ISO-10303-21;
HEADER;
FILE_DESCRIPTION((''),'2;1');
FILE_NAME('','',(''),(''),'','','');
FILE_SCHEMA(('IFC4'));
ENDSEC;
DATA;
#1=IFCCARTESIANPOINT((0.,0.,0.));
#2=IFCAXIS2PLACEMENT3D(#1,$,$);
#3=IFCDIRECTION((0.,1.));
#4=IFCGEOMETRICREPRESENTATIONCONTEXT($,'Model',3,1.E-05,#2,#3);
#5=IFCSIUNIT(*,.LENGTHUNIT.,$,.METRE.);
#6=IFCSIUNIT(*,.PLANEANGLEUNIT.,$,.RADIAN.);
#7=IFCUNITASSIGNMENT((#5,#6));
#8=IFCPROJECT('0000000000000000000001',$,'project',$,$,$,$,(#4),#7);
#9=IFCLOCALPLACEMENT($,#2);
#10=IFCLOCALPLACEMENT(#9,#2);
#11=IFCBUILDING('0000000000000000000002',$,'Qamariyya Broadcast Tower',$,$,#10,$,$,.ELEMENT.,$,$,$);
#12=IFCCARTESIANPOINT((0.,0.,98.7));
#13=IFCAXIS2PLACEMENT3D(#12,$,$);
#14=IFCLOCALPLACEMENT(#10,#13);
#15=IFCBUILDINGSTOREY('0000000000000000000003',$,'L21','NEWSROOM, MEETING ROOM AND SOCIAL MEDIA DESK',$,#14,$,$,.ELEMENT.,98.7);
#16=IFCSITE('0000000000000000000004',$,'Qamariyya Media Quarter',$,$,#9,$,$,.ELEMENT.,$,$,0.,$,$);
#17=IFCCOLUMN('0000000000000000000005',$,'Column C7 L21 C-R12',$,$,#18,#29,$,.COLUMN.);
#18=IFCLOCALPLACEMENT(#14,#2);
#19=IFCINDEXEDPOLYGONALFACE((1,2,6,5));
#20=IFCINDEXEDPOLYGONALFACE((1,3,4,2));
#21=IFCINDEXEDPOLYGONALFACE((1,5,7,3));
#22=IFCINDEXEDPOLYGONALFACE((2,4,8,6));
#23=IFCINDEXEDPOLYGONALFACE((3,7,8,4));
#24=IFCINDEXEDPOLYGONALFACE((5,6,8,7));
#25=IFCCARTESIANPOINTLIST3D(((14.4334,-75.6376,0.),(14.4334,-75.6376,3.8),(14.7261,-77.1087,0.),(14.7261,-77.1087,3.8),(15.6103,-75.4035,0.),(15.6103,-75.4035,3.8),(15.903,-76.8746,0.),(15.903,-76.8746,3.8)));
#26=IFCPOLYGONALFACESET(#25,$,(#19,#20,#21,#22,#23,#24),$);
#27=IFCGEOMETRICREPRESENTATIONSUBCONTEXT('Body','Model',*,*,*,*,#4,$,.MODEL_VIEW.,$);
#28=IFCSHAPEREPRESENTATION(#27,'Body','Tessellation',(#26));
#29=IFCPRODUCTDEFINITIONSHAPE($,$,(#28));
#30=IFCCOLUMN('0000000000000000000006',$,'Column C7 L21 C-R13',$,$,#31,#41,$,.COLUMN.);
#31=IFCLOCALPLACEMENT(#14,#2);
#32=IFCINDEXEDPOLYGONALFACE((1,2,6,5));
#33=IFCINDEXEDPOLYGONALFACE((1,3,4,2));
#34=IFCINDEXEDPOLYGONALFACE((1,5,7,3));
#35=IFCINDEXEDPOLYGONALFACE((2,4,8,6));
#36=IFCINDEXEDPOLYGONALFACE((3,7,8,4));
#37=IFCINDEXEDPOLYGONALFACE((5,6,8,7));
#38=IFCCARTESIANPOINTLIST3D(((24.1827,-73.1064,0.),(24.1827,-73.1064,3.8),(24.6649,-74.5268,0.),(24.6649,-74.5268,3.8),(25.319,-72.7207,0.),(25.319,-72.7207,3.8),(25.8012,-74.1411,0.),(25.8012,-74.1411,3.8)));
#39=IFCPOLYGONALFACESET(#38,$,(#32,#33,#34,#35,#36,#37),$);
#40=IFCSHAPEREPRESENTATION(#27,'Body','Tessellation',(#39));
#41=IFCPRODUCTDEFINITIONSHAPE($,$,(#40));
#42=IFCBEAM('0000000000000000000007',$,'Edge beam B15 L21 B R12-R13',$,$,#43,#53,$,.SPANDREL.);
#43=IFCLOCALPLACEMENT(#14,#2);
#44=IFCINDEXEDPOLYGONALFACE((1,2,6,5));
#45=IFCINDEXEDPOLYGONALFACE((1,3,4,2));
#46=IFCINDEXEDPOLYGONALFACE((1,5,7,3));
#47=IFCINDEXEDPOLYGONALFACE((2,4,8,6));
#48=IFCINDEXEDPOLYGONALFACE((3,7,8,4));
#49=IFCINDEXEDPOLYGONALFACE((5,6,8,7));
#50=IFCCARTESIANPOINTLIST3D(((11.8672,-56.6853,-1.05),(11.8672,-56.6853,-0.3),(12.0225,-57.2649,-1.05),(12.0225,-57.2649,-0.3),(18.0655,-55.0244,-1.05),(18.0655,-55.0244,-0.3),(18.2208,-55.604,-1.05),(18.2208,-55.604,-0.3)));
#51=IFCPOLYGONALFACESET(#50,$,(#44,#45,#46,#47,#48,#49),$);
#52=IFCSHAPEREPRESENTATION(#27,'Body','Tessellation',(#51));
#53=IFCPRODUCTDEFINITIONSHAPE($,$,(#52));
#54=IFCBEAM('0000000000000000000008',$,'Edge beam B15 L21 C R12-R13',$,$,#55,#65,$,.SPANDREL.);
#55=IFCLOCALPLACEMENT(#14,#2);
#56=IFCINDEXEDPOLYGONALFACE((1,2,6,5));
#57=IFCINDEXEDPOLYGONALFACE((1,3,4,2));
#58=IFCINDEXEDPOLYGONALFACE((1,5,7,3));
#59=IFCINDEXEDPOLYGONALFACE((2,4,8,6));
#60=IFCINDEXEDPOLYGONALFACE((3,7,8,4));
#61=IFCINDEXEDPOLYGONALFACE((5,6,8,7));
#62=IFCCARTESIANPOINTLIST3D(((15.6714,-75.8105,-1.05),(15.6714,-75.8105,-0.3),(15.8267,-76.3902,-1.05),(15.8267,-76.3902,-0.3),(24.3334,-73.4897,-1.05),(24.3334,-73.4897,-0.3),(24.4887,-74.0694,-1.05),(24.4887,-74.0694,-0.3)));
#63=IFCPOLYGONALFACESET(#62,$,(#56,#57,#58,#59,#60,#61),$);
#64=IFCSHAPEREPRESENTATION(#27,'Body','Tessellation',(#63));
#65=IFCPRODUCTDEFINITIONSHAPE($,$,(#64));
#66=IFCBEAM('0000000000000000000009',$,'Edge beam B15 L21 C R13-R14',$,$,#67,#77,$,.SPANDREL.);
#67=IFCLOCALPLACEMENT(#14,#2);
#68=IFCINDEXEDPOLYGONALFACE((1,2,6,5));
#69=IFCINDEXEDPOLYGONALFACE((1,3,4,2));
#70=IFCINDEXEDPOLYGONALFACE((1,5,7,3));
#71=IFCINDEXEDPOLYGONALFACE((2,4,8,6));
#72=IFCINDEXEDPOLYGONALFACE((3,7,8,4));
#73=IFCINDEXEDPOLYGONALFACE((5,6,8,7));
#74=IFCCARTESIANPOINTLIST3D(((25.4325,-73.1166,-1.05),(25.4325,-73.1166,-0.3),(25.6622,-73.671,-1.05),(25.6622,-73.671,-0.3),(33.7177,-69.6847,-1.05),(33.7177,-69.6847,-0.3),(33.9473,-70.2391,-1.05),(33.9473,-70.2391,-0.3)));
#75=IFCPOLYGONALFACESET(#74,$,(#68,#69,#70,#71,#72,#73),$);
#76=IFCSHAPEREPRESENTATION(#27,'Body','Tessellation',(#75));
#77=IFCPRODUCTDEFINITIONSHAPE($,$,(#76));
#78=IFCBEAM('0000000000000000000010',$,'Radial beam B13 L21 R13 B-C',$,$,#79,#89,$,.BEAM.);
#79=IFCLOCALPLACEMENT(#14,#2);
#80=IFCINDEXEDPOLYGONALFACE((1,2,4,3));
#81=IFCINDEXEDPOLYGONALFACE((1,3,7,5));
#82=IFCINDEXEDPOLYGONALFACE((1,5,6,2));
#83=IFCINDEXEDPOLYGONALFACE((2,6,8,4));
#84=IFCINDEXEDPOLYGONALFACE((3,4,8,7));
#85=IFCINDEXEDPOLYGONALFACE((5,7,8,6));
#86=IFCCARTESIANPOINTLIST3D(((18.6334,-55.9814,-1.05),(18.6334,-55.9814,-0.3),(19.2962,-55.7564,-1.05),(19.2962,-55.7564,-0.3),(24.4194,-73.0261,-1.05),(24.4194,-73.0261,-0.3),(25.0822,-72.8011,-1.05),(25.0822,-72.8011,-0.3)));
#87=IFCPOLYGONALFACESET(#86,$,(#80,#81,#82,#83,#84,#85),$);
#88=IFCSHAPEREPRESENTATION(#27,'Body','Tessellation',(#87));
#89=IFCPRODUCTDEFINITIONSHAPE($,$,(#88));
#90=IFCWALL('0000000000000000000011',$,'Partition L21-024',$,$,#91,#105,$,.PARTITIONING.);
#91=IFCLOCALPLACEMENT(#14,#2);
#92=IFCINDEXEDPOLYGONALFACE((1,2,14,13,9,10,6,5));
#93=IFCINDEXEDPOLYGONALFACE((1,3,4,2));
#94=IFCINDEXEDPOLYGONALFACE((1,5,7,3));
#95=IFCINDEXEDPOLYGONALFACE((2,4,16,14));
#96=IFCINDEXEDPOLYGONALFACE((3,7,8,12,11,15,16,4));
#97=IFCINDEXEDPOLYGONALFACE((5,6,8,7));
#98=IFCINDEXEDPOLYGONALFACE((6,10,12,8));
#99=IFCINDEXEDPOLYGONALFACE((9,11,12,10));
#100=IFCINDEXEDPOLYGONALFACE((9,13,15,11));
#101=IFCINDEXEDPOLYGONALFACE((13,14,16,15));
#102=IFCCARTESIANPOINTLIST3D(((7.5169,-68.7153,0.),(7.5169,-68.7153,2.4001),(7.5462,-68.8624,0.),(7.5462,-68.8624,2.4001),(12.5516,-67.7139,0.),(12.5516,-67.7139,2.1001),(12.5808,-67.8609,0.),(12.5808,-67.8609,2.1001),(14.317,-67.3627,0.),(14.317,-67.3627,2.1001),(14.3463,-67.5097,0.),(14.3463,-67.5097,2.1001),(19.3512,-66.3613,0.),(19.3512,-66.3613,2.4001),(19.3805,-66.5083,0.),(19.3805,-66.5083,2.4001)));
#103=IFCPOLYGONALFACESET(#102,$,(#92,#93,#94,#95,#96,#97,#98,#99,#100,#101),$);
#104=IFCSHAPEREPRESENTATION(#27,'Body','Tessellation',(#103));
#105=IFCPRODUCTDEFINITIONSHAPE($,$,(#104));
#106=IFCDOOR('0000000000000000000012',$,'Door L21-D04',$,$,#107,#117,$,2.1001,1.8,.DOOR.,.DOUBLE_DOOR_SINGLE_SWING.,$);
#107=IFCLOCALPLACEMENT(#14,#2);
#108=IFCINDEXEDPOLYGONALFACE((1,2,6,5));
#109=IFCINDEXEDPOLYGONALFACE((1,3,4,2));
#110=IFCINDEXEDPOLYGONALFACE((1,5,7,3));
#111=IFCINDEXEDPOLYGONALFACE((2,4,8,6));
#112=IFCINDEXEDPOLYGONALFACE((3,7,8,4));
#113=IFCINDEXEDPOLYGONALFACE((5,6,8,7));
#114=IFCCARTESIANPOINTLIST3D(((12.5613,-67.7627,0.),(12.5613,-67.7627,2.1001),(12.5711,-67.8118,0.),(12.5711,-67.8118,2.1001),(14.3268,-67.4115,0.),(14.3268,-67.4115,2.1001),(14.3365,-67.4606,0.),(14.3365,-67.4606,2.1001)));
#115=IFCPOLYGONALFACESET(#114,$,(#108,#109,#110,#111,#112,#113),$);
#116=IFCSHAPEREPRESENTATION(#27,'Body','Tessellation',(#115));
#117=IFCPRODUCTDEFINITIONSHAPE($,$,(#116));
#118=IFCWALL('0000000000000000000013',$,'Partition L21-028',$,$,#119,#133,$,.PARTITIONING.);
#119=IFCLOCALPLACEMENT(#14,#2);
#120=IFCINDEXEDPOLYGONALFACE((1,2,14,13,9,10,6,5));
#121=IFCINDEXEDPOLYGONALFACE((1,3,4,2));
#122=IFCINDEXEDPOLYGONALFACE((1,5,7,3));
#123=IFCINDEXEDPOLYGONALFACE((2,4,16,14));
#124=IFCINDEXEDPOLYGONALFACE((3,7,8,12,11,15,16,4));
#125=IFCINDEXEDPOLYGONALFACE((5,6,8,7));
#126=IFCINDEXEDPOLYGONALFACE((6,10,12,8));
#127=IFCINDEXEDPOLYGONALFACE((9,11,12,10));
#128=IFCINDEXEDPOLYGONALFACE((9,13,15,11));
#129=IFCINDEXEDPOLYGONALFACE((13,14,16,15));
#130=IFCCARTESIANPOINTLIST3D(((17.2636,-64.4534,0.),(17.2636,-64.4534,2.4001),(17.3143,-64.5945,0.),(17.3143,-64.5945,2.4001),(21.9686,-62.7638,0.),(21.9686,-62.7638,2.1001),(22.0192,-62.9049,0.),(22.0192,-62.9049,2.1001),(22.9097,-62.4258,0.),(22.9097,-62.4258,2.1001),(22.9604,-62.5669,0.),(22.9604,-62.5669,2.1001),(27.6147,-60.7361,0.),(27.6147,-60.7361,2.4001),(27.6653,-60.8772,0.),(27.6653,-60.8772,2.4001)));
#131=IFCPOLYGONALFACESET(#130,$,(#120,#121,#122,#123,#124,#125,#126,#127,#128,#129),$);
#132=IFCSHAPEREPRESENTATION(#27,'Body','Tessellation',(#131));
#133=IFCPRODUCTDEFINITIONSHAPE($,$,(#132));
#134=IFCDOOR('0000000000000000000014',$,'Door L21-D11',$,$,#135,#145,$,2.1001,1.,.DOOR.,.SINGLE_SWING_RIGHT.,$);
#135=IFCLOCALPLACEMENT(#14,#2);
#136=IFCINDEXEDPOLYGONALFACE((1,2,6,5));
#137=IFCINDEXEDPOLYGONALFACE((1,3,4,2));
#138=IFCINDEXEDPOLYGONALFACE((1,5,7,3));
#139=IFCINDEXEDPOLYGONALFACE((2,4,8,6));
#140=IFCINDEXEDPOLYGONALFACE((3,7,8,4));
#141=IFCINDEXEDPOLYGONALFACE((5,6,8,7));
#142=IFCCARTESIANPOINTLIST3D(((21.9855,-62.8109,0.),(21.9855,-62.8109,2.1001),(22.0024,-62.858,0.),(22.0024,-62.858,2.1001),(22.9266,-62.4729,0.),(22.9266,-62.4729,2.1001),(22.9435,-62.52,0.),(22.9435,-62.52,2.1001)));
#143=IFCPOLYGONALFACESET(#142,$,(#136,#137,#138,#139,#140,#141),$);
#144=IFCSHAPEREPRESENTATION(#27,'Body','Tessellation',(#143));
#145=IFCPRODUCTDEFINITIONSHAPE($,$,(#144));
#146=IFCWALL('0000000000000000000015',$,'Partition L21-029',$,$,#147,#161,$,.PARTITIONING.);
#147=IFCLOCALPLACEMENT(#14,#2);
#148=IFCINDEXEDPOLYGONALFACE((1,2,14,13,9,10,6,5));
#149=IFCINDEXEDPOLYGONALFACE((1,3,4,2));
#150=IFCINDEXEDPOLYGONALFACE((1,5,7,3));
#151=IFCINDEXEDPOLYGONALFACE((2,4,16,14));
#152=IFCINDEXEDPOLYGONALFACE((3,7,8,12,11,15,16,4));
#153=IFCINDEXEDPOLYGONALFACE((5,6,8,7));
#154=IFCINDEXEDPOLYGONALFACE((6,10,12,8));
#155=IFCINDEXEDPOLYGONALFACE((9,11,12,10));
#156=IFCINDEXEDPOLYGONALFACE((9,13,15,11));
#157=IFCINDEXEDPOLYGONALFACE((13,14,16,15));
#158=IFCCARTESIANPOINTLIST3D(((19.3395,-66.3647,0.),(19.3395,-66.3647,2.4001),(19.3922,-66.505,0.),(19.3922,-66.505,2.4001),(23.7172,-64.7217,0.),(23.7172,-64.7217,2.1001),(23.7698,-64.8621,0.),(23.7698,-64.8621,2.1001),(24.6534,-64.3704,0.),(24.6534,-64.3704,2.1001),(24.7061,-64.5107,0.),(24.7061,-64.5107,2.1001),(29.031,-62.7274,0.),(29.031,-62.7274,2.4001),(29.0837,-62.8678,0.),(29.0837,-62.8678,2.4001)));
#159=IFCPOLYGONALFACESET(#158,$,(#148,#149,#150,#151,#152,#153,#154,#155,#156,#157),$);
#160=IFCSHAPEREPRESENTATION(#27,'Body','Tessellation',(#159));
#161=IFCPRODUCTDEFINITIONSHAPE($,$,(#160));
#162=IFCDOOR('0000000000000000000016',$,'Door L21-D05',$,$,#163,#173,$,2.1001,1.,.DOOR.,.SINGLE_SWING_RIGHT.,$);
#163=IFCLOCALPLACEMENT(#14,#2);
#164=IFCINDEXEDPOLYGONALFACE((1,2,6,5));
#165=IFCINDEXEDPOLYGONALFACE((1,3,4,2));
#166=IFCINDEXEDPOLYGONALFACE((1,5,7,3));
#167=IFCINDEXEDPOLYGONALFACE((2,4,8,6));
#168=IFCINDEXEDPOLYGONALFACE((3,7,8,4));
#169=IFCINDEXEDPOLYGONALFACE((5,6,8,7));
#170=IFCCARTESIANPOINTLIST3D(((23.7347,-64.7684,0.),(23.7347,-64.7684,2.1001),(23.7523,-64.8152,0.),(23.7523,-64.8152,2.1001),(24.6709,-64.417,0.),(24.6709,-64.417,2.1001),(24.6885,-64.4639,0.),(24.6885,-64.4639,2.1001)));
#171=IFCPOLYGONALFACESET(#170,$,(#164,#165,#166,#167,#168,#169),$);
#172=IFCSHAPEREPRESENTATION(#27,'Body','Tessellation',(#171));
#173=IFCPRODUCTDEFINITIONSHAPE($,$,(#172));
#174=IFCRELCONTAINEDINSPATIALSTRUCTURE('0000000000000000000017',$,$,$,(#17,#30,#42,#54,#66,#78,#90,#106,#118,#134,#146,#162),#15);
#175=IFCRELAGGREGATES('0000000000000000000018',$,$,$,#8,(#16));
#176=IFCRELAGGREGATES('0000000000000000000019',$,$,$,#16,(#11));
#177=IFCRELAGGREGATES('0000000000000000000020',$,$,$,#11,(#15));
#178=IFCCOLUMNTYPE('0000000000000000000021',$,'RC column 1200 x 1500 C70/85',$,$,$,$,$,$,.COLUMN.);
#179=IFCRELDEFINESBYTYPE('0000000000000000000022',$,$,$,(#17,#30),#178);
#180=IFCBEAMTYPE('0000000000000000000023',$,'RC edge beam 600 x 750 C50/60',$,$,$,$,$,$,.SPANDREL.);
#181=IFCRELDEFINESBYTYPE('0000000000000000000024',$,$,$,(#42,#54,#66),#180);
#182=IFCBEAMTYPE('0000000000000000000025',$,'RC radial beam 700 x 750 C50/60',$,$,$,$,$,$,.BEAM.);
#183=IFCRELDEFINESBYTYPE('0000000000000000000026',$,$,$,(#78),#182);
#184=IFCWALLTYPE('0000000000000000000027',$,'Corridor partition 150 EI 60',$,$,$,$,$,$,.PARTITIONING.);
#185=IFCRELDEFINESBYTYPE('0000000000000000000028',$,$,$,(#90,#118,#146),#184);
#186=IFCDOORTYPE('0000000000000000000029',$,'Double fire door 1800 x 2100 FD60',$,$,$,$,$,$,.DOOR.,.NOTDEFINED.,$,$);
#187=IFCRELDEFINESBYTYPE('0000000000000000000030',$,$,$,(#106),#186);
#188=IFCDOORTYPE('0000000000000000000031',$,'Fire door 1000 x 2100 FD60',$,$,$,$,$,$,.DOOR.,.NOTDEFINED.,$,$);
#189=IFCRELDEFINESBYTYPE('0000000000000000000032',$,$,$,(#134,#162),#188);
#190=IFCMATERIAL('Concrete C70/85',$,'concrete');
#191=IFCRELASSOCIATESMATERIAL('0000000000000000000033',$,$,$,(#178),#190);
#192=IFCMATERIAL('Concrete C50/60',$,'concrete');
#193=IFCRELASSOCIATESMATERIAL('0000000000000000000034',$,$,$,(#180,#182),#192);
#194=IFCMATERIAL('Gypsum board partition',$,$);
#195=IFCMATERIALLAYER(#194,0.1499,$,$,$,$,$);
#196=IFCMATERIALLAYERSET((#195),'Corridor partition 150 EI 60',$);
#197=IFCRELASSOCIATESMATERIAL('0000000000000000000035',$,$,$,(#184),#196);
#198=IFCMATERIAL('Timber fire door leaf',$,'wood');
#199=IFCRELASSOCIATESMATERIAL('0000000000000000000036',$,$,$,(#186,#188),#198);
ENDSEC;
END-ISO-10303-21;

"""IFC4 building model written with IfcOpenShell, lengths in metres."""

from ifc_helpers import new_model, si_unit, direction, frame, frame_2d, origin, origin_2d, place, context, subcontext, project, spatial, rectangle, extrude, material, layer, layer_set, material_profile, profile_set, type_object, element, fill, save


model = new_model("IFC4")

# Units and contexts
model_context = context("Model", 3, precision=1e-05, world=origin(), true_north=direction((0.0, 1.0)))
body_context = subcontext(model_context, "Body", "Model", "MODEL_VIEW")
ifc_project = project(units=[si_unit("LENGTHUNIT", "METRE"), si_unit("PLANEANGLEUNIT", "RADIAN")], contexts=[model_context])

# Site, building, storey
site_placement = place(None, origin())
site = spatial("IfcSite", under=ifc_project, at=site_placement, Name="Qamariyya Media Quarter", CompositionType="ELEMENT", RefElevation=0.0)
building_placement = place(site_placement, origin())
building = spatial("IfcBuilding", under=site, at=building_placement, Name="Qamariyya Broadcast Tower", CompositionType="ELEMENT")
storey_placement = place(building_placement, frame((0.0, 0.0, 98.7)))
storey = spatial("IfcBuildingStorey", under=building, at=storey_placement, Name="L21", Description="NEWSROOM, MEETING ROOM AND SOCIAL MEDIA DESK", CompositionType="ELEMENT", Elevation=98.7)

# Columns
ifc_material_1 = material(Name="Concrete C70/85", Category="concrete")
ifc_material_profile_1 = material_profile(ifc_material_1, rectangle(XDim=1.2, YDim=1.5, at=origin_2d()))
ifc_profile_set_1 = profile_set([ifc_material_profile_1], Name="Concrete C70/85")
column_type = type_object("IfcColumnType", Name="RC column 1200 x 1500 C70/85", PredefinedType="COLUMN", material=ifc_profile_set_1)
for number, where, z_axis, x_axis, name in (
    (1, (15.1682, -76.2561, 0.0), (0.0, 0.0, 1.0), (0.980785, 0.19509, 0.0), "Column C7 L21 C-R12"),
    (2, (24.9919, -73.6238, 0.0), (0.0, 0.0, 1.0), (0.94693, 0.321439, 0.0), "Column C7 L21 C-R13"),
):
    element("IfcColumn", number, at=place(storey_placement, frame(where, z_axis=z_axis, x_axis=x_axis)), inside=storey, type_object=column_type, Name=name, PredefinedType="COLUMN", context=body_context, shape_type="SweptSolid", body=[
        extrude(rectangle(XDim=1.2, YDim=1.5, at=origin_2d()), origin(), (0.0, 0.0, 1.0), 3.8),
    ])

# Beams
ifc_material_2 = material(Name="Concrete C50/60", Category="concrete")
ifc_material_profile_2 = material_profile(ifc_material_2, rectangle(XDim=0.6001, YDim=0.75, at=origin_2d()))
ifc_profile_set_2 = profile_set([ifc_material_profile_2], Name="Concrete C50/60")
beam_type_1 = type_object("IfcBeamType", Name="RC edge beam 600 x 750 C50/60", PredefinedType="SPANDREL", material=ifc_profile_set_2)
beam_1_placement = place(storey_placement, frame((11.9448, -56.9751, -0.675), z_axis=(0.965923, 0.25883, 0.0), x_axis=(-0.25883, 0.965923, 0.0)))
element("IfcBeam", 3, at=beam_1_placement, inside=storey, type_object=beam_type_1, Name="Edge beam B15 L21 B R12-R13", PredefinedType="SPANDREL", context=body_context, shape_type="SweptSolid", body=[
    extrude(rectangle(XDim=0.6001, YDim=0.75, at=origin_2d()), origin(), (0.0, 0.0, 1.0), 6.417),
])
beam_2_placement = place(storey_placement, frame((15.749, -76.1003, -0.675), z_axis=(0.965932, 0.258798, 0.0), x_axis=(-0.258798, 0.965932, 0.0)))
element("IfcBeam", 4, at=beam_2_placement, inside=storey, type_object=beam_type_1, Name="Edge beam B15 L21 C R12-R13", PredefinedType="SPANDREL", context=body_context, shape_type="SweptSolid", body=[
    extrude(rectangle(XDim=0.6001, YDim=0.75, at=origin_2d()), origin(), (0.0, 0.0, 1.0), 8.9675),
])
beam_3_placement = place(storey_placement, frame((25.5474, -73.3938, -0.675), z_axis=(0.923877, 0.382689, 0.0), x_axis=(-0.382689, 0.923877, 0.0)))
element("IfcBeam", 5, at=beam_3_placement, inside=storey, type_object=beam_type_1, Name="Edge beam B15 L21 C R13-R14", PredefinedType="SPANDREL", context=body_context, shape_type="SweptSolid", body=[
    extrude(rectangle(XDim=0.6001, YDim=0.75, at=origin_2d()), origin(), (0.0, 0.0, 1.0), 8.9678),
])
ifc_material_profile_3 = material_profile(ifc_material_2, rectangle(XDim=0.7, YDim=0.75, at=origin_2d()))
ifc_profile_set_3 = profile_set([ifc_material_profile_3], Name="Concrete C50/60")
beam_type_2 = type_object("IfcBeamType", Name="RC radial beam 700 x 750 C50/60", PredefinedType="BEAM", material=ifc_profile_set_3)
beam_4_placement = place(storey_placement, frame((18.9648, -55.8689, -0.675), z_axis=(0.321439, -0.94693, 0.0), x_axis=(0.94693, 0.321439, 0.0)))
element("IfcBeam", 6, at=beam_4_placement, inside=storey, type_object=beam_type_2, Name="Radial beam B13 L21 R13 B-C", PredefinedType="BEAM", context=body_context, shape_type="SweptSolid", body=[
    extrude(rectangle(XDim=0.7, YDim=0.75, at=origin_2d()), origin(), (0.0, 0.0, 1.0), 18.0),
])

# Walls, openings, doors
ifc_material_3 = material(Name="Gypsum board partition")
ifc_layer_1 = layer(ifc_material_3, 0.1499)
ifc_layer_set_1 = layer_set([ifc_layer_1], Name="Corridor partition 150 EI 60")
wall_type_1 = type_object("IfcWallType", Name="Corridor partition 150 EI 60", PredefinedType="PARTITIONING", material=ifc_layer_set_1)
wall_1_placement = place(storey_placement, frame((19.366, -66.4348, 0.0), z_axis=(0.0, 0.0, 1.0), x_axis=(-0.980785, -0.195093, 0.0)))
wall_1 = element("IfcWall", 7, at=wall_1_placement, inside=storey, type_object=wall_type_1, Name="Partition L21-024", PredefinedType="PARTITIONING", context=body_context, shape_type="SweptSolid", body=[
    extrude(rectangle(XDim=12.0662, YDim=0.1499, at=frame_2d((6.0332, 0.0))), origin(), (0.0, 0.0, 1.0), 2.4001),
])
opening_1_placement = place(wall_1_placement, frame((5.1331, 0.0, 0.0)))
opening_1 = element("IfcOpeningElement", 8, at=opening_1_placement, cuts=wall_1, PredefinedType="OPENING", context=body_context, shape_type="SweptSolid", body=[
    extrude(rectangle(XDim=1.8, YDim=2.1001, at=frame_2d((0.8999, 1.05))), frame((0.0, 0.085, 0.0), z_axis=(0.0, -1.0, 0.0), x_axis=(1.0, 0.0, 0.0)), (0.0, 0.0, 1.0), 0.1699),
])
ifc_material_4 = material(Name="Timber fire door leaf", Category="wood")
door_type_1 = type_object("IfcDoorType", Name="Double fire door 1800 x 2100 FD60", OperationType="NOTDEFINED", PredefinedType="DOOR", material=ifc_material_4)
door_1_placement = place(opening_1_placement, origin())
door_1 = element("IfcDoor", 9, at=door_1_placement, inside=storey, type_object=door_type_1, Name="Door L21-D04", OperationType="DOUBLE_DOOR_SINGLE_SWING", OverallHeight=2.1001, OverallWidth=1.8, PredefinedType="DOOR", context=body_context, shape_type="SweptSolid", body=[
    extrude(rectangle(XDim=1.8, YDim=2.1001, at=frame_2d((0.8999, 1.05))), frame((0.0, 0.0249, 0.0), z_axis=(0.0, -1.0, 0.0), x_axis=(1.0, 0.0, 0.0)), (0.0, 0.0, 1.0), 0.05),
])
fill(opening_1, door_1)
wall_2_placement = place(storey_placement, frame((17.2891, -64.5239, 0.0), z_axis=(0.0, 0.0, 1.0), x_axis=(0.941151, 0.337987, 0.0)))
wall_2 = element("IfcWall", 10, at=wall_2_placement, inside=storey, type_object=wall_type_1, Name="Partition L21-028", PredefinedType="PARTITIONING", context=body_context, shape_type="SweptSolid", body=[
    extrude(rectangle(XDim=10.9983, YDim=0.1499, at=frame_2d((5.499, 0.0))), origin(), (0.0, 0.0, 1.0), 2.4001),
])
opening_2_placement = place(wall_2_placement, frame((4.999, 0.0, 0.0)))
opening_2 = element("IfcOpeningElement", 11, at=opening_2_placement, cuts=wall_2, PredefinedType="OPENING", context=body_context, shape_type="SweptSolid", body=[
    extrude(rectangle(XDim=1.0, YDim=2.1001, at=frame_2d((0.5, 1.05))), frame((0.0, 0.085, 0.0), z_axis=(0.0, -1.0, 0.0), x_axis=(1.0, 0.0, 0.0)), (0.0, 0.0, 1.0), 0.1699),
])
door_type_2 = type_object("IfcDoorType", Name="Fire door 1000 x 2100 FD60", OperationType="NOTDEFINED", PredefinedType="DOOR", material=ifc_material_4)
door_2_placement = place(opening_2_placement, origin())
door_2 = element("IfcDoor", 12, at=door_2_placement, inside=storey, type_object=door_type_2, Name="Door L21-D11", OperationType="SINGLE_SWING_RIGHT", OverallHeight=2.1001, OverallWidth=1.0, PredefinedType="DOOR", context=body_context, shape_type="SweptSolid", body=[
    extrude(rectangle(XDim=1.0, YDim=2.1001, at=frame_2d((0.5, 1.05))), frame((0.0, 0.0249, 0.0), z_axis=(0.0, -1.0, 0.0), x_axis=(1.0, 0.0, 0.0)), (0.0, 0.0, 1.0), 0.05),
])
fill(opening_2, door_2)
wall_3_placement = place(storey_placement, frame((29.0574, -62.7976, 0.0), z_axis=(0.0, 0.0, 1.0), x_axis=(-0.936236, -0.351372, 0.0)))
wall_3 = element("IfcWall", 13, at=wall_3_placement, inside=storey, type_object=wall_type_1, Name="Partition L21-029", PredefinedType="PARTITIONING", context=body_context, shape_type="SweptSolid", body=[
    extrude(rectangle(XDim=10.3516, YDim=0.1499, at=frame_2d((5.1758, 0.0))), origin(), (0.0, 0.0, 1.0), 2.4001),
])
opening_3_placement = place(wall_3_placement, frame((4.6758, 0.0, 0.0)))
opening_3 = element("IfcOpeningElement", 14, at=opening_3_placement, cuts=wall_3, PredefinedType="OPENING", context=body_context, shape_type="SweptSolid", body=[
    extrude(rectangle(XDim=1.0, YDim=2.1001, at=frame_2d((0.5, 1.05))), frame((0.0, 0.085, 0.0), z_axis=(0.0, -1.0, 0.0), x_axis=(1.0, 0.0, 0.0)), (0.0, 0.0, 1.0), 0.1699),
])
door_3_placement = place(opening_3_placement, origin())
door_3 = element("IfcDoor", 15, at=door_3_placement, inside=storey, type_object=door_type_2, Name="Door L21-D05", OperationType="SINGLE_SWING_RIGHT", OverallHeight=2.1001, OverallWidth=1.0, PredefinedType="DOOR", context=body_context, shape_type="SweptSolid", body=[
    extrude(rectangle(XDim=1.0, YDim=2.1001, at=frame_2d((0.5, 1.05))), frame((0.0, 0.0249, 0.0), z_axis=(0.0, -1.0, 0.0), x_axis=(1.0, 0.0, 0.0)), (0.0, 0.0, 1.0), 0.05),
])
fill(opening_3, door_3)

save(model, "model.ifc")
